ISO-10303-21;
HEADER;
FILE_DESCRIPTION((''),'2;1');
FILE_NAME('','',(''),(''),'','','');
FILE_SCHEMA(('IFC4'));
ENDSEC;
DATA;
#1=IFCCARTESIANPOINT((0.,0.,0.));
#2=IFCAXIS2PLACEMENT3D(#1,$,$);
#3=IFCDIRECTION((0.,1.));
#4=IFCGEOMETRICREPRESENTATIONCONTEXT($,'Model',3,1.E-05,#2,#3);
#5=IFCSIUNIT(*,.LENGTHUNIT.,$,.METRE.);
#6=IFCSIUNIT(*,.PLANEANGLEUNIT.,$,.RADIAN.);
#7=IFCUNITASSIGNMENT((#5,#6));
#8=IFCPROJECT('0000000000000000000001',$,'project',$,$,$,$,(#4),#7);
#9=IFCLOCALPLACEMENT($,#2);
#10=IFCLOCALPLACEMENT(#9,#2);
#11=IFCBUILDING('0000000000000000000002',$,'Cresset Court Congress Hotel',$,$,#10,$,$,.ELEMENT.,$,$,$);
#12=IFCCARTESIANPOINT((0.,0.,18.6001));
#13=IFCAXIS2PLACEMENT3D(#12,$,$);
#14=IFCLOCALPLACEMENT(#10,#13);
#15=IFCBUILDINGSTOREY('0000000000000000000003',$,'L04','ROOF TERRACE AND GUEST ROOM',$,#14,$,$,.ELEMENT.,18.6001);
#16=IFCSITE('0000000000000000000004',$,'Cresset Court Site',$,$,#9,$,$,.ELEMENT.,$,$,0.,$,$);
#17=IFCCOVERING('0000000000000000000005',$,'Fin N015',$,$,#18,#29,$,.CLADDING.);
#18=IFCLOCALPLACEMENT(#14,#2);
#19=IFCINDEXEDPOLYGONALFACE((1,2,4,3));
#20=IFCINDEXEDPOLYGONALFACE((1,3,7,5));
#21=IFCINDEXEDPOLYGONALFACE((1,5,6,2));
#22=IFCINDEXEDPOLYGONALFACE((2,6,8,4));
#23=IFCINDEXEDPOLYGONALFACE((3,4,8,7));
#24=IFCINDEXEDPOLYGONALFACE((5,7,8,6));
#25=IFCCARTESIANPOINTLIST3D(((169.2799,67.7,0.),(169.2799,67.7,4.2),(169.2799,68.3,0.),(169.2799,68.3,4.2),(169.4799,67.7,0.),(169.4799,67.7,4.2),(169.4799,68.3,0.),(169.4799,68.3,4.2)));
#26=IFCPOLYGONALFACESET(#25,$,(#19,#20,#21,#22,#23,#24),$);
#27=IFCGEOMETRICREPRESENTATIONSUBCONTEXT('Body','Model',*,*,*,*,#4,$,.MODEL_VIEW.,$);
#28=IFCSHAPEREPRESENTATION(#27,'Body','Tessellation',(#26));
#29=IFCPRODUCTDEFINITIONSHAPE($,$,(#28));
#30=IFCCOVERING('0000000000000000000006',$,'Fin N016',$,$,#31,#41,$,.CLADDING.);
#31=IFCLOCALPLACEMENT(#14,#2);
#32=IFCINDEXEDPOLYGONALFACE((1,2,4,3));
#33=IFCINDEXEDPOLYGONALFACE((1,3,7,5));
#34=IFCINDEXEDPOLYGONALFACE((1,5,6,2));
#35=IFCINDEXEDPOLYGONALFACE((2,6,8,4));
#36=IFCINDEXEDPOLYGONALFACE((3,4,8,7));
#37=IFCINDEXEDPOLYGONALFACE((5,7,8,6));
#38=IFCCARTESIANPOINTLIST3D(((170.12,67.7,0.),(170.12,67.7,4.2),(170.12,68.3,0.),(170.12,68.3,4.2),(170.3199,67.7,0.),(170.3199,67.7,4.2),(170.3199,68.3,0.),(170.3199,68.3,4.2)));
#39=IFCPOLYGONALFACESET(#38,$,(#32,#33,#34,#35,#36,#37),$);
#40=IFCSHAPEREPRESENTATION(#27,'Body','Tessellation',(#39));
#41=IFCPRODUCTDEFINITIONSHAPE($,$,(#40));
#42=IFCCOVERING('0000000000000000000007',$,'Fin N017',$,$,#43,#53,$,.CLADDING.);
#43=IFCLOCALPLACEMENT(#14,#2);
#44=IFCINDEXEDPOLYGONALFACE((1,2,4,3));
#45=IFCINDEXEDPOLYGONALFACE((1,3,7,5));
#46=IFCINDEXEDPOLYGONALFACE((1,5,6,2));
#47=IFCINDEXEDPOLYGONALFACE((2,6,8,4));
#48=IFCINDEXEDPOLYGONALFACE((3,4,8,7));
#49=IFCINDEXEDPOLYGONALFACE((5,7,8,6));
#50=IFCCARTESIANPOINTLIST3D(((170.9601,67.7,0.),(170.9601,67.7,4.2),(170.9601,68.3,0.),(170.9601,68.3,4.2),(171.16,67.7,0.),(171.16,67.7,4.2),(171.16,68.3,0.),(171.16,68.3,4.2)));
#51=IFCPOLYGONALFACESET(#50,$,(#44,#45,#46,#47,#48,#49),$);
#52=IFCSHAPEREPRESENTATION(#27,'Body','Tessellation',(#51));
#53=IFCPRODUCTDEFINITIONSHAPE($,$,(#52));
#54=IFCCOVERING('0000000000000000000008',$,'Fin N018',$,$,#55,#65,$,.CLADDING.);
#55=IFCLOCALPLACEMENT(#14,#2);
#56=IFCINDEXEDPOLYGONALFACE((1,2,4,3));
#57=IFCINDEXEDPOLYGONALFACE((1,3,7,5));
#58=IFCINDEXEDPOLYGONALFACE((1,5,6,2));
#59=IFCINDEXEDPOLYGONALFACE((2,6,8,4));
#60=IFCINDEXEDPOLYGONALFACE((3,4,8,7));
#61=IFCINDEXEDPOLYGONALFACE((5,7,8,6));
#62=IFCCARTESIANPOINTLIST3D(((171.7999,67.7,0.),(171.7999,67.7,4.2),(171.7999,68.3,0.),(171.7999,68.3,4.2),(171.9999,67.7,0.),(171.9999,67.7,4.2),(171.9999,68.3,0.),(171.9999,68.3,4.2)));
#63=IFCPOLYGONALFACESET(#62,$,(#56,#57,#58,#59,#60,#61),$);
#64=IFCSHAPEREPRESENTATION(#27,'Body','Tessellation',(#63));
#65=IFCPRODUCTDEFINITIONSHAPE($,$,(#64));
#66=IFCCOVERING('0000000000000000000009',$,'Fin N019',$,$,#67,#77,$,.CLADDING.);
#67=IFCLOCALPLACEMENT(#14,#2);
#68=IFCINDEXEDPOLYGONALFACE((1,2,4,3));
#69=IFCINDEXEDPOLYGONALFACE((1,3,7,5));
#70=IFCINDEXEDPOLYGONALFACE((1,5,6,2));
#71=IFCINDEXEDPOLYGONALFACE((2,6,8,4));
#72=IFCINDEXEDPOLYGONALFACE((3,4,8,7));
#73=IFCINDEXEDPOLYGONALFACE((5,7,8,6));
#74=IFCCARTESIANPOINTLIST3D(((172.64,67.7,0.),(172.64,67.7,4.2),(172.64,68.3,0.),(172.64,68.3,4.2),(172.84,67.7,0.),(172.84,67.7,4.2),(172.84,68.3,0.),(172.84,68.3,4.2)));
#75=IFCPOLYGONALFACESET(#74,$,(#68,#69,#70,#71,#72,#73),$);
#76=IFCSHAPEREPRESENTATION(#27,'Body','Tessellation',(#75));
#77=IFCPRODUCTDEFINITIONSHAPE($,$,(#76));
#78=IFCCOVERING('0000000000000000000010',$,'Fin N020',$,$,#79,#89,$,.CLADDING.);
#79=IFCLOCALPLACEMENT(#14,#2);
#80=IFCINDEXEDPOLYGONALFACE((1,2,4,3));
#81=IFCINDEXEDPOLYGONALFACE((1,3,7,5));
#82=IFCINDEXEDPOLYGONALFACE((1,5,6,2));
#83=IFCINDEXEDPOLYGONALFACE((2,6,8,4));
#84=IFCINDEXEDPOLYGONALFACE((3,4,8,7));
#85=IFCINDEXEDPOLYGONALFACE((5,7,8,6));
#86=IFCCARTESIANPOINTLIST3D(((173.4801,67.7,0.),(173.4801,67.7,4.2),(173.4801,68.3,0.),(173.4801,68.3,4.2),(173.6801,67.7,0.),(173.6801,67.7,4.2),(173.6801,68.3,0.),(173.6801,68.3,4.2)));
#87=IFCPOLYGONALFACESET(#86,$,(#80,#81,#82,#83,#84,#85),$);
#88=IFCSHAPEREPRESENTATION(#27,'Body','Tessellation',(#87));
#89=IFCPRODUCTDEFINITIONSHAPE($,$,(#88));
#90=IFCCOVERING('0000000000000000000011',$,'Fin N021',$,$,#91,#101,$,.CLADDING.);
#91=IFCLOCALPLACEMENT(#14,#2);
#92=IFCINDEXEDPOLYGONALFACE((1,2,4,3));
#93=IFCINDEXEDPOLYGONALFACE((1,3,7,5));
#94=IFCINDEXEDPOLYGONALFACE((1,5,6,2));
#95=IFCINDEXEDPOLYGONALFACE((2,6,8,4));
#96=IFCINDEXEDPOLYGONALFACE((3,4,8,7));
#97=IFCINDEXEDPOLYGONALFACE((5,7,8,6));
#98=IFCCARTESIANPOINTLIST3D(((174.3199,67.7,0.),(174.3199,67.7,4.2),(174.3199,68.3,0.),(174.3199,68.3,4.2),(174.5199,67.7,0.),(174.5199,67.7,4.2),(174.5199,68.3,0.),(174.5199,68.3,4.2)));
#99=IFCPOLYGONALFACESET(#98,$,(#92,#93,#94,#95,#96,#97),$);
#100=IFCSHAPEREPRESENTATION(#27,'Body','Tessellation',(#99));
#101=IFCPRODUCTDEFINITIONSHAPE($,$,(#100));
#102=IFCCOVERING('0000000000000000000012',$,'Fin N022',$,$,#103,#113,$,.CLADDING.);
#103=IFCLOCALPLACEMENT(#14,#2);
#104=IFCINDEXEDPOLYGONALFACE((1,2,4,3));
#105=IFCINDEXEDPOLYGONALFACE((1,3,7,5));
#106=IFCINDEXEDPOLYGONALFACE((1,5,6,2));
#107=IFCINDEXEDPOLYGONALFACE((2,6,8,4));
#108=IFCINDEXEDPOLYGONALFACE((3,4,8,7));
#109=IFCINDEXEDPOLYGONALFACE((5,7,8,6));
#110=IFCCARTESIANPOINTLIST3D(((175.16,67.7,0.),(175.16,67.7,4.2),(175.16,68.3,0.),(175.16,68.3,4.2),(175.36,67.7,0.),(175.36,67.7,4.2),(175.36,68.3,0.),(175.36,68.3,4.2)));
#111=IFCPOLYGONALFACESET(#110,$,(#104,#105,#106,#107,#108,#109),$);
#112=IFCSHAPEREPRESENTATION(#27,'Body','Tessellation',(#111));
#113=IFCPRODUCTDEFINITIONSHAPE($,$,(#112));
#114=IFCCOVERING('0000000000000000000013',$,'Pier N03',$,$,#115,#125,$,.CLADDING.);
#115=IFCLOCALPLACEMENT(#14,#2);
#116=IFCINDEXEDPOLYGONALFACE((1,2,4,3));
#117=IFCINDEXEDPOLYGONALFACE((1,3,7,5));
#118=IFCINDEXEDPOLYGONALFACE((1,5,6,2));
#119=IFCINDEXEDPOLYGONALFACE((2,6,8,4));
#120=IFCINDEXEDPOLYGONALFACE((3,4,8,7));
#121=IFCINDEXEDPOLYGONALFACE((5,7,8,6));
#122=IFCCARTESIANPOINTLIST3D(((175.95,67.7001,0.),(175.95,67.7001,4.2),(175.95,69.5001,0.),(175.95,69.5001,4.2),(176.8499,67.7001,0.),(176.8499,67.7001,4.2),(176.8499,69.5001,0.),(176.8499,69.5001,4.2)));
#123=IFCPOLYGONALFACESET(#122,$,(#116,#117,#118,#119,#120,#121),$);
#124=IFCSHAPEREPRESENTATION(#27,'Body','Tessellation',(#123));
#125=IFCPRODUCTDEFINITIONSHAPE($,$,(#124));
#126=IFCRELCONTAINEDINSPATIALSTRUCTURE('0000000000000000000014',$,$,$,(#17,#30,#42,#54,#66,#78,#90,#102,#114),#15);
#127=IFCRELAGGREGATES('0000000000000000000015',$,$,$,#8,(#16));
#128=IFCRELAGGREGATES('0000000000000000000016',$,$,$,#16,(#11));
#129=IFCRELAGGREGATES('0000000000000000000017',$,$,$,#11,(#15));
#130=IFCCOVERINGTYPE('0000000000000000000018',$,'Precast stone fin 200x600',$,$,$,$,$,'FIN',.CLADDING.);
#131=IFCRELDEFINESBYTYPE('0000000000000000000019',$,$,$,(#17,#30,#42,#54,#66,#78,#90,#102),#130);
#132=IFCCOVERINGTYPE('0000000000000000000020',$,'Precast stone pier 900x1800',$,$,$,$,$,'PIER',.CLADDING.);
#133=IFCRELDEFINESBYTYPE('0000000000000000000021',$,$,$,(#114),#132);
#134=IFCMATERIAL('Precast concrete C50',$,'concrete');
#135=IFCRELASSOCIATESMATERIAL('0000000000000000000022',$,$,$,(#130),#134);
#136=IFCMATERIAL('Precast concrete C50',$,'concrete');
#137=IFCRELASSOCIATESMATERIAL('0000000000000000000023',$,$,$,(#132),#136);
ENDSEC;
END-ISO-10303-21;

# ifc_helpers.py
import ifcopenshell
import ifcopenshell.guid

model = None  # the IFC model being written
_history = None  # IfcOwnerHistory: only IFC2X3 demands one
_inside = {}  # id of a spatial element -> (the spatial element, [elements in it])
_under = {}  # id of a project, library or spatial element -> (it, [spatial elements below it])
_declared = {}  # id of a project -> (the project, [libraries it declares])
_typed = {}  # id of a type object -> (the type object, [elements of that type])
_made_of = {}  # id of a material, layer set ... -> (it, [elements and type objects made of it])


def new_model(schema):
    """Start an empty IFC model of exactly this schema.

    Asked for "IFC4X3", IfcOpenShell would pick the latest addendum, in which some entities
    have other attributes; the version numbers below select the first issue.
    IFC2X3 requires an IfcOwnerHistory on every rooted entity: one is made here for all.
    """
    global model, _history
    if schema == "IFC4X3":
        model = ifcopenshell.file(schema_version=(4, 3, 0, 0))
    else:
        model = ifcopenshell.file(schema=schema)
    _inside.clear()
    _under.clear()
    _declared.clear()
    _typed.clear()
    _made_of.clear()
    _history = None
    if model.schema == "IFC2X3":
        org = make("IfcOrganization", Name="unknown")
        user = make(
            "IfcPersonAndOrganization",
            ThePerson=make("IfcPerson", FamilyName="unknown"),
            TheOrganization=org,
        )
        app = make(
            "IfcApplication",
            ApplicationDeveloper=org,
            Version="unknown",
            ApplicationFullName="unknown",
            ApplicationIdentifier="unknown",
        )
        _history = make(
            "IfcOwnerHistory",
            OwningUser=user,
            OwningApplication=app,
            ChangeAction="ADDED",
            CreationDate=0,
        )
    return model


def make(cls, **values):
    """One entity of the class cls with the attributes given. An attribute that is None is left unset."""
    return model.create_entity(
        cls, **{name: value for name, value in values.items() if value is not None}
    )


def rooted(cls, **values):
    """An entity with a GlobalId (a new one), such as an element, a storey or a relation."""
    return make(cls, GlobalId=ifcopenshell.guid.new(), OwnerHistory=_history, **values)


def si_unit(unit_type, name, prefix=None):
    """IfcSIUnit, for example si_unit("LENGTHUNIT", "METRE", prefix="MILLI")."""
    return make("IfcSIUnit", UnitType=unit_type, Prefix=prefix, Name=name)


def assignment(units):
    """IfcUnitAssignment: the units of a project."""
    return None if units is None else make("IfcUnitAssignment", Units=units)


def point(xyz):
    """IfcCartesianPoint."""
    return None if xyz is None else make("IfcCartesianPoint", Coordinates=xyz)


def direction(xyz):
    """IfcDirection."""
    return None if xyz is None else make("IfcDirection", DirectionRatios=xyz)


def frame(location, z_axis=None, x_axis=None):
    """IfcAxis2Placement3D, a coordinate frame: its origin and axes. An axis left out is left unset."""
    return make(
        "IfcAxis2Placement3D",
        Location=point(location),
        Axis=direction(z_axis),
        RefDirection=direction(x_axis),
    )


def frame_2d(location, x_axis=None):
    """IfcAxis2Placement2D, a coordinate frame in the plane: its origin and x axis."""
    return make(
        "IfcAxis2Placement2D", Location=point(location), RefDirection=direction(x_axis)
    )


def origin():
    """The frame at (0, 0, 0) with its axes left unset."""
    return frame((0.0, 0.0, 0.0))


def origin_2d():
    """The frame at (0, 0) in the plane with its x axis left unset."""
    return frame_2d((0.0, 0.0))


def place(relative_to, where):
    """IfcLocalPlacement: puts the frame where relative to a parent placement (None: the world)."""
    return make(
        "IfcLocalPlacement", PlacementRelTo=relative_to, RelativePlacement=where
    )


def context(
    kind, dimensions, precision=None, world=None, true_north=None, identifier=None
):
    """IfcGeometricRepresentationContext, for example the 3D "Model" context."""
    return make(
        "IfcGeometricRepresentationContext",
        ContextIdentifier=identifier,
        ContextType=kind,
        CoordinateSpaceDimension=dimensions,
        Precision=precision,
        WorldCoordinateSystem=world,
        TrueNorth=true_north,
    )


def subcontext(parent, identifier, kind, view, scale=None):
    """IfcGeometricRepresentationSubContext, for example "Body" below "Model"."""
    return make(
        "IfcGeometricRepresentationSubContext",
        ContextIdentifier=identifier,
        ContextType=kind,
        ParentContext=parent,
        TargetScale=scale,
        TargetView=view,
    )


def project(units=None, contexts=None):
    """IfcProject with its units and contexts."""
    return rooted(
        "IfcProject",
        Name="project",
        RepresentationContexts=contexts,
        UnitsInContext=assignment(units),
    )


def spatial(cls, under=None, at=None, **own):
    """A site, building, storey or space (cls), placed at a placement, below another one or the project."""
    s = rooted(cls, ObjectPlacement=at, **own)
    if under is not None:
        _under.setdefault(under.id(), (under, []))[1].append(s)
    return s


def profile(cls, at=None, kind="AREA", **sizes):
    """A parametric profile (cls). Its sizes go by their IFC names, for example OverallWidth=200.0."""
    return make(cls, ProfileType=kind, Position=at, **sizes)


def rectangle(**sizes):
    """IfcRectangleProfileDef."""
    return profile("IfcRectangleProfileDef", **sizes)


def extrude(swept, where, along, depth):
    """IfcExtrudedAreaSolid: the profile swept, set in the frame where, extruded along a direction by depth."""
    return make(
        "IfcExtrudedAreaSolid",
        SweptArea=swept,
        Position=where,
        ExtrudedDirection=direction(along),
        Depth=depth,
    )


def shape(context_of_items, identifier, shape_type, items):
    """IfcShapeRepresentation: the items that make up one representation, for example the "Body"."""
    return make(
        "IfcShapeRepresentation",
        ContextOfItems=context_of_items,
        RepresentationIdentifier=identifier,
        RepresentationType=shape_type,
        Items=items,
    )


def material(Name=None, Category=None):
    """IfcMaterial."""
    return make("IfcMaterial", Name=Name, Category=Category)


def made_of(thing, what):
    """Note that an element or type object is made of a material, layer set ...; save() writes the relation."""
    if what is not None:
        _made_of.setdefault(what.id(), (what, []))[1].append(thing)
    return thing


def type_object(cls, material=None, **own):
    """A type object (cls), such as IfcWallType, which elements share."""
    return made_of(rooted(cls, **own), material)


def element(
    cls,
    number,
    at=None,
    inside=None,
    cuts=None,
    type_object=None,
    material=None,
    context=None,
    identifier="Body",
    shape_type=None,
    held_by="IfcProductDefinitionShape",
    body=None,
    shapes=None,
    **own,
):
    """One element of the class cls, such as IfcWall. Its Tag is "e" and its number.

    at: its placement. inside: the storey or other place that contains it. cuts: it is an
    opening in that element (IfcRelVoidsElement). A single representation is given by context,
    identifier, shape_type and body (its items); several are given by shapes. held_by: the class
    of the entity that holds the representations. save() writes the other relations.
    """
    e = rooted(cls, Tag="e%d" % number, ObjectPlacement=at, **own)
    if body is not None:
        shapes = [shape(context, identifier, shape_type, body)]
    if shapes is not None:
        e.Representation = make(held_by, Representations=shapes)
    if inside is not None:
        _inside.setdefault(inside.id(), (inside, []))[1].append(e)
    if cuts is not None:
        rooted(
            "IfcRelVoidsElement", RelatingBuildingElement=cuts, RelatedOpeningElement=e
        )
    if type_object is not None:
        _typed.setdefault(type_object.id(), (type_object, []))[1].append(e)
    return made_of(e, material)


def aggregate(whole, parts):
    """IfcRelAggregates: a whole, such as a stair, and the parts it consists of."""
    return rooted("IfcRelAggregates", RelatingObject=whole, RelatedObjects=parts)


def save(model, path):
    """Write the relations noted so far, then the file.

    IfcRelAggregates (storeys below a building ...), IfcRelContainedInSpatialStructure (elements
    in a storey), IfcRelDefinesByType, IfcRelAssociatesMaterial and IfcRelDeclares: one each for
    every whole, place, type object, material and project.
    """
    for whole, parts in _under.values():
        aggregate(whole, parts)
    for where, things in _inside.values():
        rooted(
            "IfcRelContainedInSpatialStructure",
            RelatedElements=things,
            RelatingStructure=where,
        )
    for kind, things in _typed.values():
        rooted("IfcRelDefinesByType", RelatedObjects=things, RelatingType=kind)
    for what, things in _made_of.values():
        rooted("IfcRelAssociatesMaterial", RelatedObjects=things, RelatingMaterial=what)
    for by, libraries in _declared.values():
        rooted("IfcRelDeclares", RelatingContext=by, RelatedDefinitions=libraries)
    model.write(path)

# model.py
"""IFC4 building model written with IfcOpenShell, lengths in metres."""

from ifc_helpers import new_model, si_unit, direction, frame, origin, origin_2d, place, context, subcontext, project, spatial, rectangle, extrude, material, type_object, element, save


model = new_model("IFC4")

# Units and contexts
model_context = context("Model", 3, precision=1e-05, world=origin(), true_north=direction((0.0, 1.0)))
body_context = subcontext(model_context, "Body", "Model", "MODEL_VIEW")
ifc_project = project(units=[si_unit("LENGTHUNIT", "METRE"), si_unit("PLANEANGLEUNIT", "RADIAN")], contexts=[model_context])

# Site, building, storey
site_placement = place(None, origin())
site = spatial("IfcSite", under=ifc_project, at=site_placement, Name="Cresset Court Site", CompositionType="ELEMENT", RefElevation=0.0)
building_placement = place(site_placement, origin())
building = spatial("IfcBuilding", under=site, at=building_placement, Name="Cresset Court Congress Hotel", CompositionType="ELEMENT")
storey_placement = place(building_placement, frame((0.0, 0.0, 18.6001)))
storey = spatial("IfcBuildingStorey", under=building, at=storey_placement, Name="L04", Description="ROOF TERRACE AND GUEST ROOM", CompositionType="ELEMENT", Elevation=18.6001)

# Coverings
ifc_material_1 = material(Name="Precast concrete C50", Category="concrete")
covering_type_1 = type_object("IfcCoveringType", Name="Precast stone fin 200x600", ElementType="FIN", PredefinedType="CLADDING", material=ifc_material_1)
for number, where, z_axis, x_axis, name in (
    (1, (169.3799, 68.0, 0.0), (0.0, 0.0, 1.0), (1.0, 0.0, 0.0), "Fin N015"),
    (2, (170.22, 68.0, 0.0), (0.0, 0.0, 1.0), (1.0, 0.0, 0.0), "Fin N016"),
    (3, (171.0601, 68.0, 0.0), (0.0, 0.0, 1.0), (1.0, 0.0, 0.0), "Fin N017"),
    (4, (171.8999, 68.0, 0.0), (0.0, 0.0, 1.0), (1.0, 0.0, 0.0), "Fin N018"),
    (5, (172.74, 68.0, 0.0), (0.0, 0.0, 1.0), (1.0, 0.0, 0.0), "Fin N019"),
    (6, (173.5801, 68.0, 0.0), (0.0, 0.0, 1.0), (1.0, 0.0, 0.0), "Fin N020"),
    (7, (174.4199, 68.0, 0.0), (0.0, 0.0, 1.0), (1.0, 0.0, 0.0), "Fin N021"),
    (8, (175.26, 68.0, 0.0), (0.0, 0.0, 1.0), (1.0, 0.0, 0.0), "Fin N022"),
):
    element("IfcCovering", number, at=place(storey_placement, frame(where, z_axis=z_axis, x_axis=x_axis)), inside=storey, type_object=covering_type_1, Name=name, PredefinedType="CLADDING", context=body_context, shape_type="SweptSolid", body=[
        extrude(rectangle(XDim=0.2, YDim=0.6001, at=origin_2d()), origin(), (0.0, 0.0, 1.0), 4.2),
    ])
ifc_material_2 = material(Name="Precast concrete C50", Category="concrete")
covering_type_2 = type_object("IfcCoveringType", Name="Precast stone pier 900x1800", ElementType="PIER", PredefinedType="CLADDING", material=ifc_material_2)
covering_1_placement = place(storey_placement, frame((176.3999, 68.6001, 0.0), z_axis=(0.0, 0.0, 1.0), x_axis=(1.0, 0.0, 0.0)))
element("IfcCovering", 9, at=covering_1_placement, inside=storey, type_object=covering_type_2, Name="Pier N03", PredefinedType="CLADDING", context=body_context, shape_type="SweptSolid", body=[
    extrude(rectangle(XDim=0.8999, YDim=1.8, at=origin_2d()), origin(), (0.0, 0.0, 1.0), 4.2),
])

save(model, "model.ifc")
